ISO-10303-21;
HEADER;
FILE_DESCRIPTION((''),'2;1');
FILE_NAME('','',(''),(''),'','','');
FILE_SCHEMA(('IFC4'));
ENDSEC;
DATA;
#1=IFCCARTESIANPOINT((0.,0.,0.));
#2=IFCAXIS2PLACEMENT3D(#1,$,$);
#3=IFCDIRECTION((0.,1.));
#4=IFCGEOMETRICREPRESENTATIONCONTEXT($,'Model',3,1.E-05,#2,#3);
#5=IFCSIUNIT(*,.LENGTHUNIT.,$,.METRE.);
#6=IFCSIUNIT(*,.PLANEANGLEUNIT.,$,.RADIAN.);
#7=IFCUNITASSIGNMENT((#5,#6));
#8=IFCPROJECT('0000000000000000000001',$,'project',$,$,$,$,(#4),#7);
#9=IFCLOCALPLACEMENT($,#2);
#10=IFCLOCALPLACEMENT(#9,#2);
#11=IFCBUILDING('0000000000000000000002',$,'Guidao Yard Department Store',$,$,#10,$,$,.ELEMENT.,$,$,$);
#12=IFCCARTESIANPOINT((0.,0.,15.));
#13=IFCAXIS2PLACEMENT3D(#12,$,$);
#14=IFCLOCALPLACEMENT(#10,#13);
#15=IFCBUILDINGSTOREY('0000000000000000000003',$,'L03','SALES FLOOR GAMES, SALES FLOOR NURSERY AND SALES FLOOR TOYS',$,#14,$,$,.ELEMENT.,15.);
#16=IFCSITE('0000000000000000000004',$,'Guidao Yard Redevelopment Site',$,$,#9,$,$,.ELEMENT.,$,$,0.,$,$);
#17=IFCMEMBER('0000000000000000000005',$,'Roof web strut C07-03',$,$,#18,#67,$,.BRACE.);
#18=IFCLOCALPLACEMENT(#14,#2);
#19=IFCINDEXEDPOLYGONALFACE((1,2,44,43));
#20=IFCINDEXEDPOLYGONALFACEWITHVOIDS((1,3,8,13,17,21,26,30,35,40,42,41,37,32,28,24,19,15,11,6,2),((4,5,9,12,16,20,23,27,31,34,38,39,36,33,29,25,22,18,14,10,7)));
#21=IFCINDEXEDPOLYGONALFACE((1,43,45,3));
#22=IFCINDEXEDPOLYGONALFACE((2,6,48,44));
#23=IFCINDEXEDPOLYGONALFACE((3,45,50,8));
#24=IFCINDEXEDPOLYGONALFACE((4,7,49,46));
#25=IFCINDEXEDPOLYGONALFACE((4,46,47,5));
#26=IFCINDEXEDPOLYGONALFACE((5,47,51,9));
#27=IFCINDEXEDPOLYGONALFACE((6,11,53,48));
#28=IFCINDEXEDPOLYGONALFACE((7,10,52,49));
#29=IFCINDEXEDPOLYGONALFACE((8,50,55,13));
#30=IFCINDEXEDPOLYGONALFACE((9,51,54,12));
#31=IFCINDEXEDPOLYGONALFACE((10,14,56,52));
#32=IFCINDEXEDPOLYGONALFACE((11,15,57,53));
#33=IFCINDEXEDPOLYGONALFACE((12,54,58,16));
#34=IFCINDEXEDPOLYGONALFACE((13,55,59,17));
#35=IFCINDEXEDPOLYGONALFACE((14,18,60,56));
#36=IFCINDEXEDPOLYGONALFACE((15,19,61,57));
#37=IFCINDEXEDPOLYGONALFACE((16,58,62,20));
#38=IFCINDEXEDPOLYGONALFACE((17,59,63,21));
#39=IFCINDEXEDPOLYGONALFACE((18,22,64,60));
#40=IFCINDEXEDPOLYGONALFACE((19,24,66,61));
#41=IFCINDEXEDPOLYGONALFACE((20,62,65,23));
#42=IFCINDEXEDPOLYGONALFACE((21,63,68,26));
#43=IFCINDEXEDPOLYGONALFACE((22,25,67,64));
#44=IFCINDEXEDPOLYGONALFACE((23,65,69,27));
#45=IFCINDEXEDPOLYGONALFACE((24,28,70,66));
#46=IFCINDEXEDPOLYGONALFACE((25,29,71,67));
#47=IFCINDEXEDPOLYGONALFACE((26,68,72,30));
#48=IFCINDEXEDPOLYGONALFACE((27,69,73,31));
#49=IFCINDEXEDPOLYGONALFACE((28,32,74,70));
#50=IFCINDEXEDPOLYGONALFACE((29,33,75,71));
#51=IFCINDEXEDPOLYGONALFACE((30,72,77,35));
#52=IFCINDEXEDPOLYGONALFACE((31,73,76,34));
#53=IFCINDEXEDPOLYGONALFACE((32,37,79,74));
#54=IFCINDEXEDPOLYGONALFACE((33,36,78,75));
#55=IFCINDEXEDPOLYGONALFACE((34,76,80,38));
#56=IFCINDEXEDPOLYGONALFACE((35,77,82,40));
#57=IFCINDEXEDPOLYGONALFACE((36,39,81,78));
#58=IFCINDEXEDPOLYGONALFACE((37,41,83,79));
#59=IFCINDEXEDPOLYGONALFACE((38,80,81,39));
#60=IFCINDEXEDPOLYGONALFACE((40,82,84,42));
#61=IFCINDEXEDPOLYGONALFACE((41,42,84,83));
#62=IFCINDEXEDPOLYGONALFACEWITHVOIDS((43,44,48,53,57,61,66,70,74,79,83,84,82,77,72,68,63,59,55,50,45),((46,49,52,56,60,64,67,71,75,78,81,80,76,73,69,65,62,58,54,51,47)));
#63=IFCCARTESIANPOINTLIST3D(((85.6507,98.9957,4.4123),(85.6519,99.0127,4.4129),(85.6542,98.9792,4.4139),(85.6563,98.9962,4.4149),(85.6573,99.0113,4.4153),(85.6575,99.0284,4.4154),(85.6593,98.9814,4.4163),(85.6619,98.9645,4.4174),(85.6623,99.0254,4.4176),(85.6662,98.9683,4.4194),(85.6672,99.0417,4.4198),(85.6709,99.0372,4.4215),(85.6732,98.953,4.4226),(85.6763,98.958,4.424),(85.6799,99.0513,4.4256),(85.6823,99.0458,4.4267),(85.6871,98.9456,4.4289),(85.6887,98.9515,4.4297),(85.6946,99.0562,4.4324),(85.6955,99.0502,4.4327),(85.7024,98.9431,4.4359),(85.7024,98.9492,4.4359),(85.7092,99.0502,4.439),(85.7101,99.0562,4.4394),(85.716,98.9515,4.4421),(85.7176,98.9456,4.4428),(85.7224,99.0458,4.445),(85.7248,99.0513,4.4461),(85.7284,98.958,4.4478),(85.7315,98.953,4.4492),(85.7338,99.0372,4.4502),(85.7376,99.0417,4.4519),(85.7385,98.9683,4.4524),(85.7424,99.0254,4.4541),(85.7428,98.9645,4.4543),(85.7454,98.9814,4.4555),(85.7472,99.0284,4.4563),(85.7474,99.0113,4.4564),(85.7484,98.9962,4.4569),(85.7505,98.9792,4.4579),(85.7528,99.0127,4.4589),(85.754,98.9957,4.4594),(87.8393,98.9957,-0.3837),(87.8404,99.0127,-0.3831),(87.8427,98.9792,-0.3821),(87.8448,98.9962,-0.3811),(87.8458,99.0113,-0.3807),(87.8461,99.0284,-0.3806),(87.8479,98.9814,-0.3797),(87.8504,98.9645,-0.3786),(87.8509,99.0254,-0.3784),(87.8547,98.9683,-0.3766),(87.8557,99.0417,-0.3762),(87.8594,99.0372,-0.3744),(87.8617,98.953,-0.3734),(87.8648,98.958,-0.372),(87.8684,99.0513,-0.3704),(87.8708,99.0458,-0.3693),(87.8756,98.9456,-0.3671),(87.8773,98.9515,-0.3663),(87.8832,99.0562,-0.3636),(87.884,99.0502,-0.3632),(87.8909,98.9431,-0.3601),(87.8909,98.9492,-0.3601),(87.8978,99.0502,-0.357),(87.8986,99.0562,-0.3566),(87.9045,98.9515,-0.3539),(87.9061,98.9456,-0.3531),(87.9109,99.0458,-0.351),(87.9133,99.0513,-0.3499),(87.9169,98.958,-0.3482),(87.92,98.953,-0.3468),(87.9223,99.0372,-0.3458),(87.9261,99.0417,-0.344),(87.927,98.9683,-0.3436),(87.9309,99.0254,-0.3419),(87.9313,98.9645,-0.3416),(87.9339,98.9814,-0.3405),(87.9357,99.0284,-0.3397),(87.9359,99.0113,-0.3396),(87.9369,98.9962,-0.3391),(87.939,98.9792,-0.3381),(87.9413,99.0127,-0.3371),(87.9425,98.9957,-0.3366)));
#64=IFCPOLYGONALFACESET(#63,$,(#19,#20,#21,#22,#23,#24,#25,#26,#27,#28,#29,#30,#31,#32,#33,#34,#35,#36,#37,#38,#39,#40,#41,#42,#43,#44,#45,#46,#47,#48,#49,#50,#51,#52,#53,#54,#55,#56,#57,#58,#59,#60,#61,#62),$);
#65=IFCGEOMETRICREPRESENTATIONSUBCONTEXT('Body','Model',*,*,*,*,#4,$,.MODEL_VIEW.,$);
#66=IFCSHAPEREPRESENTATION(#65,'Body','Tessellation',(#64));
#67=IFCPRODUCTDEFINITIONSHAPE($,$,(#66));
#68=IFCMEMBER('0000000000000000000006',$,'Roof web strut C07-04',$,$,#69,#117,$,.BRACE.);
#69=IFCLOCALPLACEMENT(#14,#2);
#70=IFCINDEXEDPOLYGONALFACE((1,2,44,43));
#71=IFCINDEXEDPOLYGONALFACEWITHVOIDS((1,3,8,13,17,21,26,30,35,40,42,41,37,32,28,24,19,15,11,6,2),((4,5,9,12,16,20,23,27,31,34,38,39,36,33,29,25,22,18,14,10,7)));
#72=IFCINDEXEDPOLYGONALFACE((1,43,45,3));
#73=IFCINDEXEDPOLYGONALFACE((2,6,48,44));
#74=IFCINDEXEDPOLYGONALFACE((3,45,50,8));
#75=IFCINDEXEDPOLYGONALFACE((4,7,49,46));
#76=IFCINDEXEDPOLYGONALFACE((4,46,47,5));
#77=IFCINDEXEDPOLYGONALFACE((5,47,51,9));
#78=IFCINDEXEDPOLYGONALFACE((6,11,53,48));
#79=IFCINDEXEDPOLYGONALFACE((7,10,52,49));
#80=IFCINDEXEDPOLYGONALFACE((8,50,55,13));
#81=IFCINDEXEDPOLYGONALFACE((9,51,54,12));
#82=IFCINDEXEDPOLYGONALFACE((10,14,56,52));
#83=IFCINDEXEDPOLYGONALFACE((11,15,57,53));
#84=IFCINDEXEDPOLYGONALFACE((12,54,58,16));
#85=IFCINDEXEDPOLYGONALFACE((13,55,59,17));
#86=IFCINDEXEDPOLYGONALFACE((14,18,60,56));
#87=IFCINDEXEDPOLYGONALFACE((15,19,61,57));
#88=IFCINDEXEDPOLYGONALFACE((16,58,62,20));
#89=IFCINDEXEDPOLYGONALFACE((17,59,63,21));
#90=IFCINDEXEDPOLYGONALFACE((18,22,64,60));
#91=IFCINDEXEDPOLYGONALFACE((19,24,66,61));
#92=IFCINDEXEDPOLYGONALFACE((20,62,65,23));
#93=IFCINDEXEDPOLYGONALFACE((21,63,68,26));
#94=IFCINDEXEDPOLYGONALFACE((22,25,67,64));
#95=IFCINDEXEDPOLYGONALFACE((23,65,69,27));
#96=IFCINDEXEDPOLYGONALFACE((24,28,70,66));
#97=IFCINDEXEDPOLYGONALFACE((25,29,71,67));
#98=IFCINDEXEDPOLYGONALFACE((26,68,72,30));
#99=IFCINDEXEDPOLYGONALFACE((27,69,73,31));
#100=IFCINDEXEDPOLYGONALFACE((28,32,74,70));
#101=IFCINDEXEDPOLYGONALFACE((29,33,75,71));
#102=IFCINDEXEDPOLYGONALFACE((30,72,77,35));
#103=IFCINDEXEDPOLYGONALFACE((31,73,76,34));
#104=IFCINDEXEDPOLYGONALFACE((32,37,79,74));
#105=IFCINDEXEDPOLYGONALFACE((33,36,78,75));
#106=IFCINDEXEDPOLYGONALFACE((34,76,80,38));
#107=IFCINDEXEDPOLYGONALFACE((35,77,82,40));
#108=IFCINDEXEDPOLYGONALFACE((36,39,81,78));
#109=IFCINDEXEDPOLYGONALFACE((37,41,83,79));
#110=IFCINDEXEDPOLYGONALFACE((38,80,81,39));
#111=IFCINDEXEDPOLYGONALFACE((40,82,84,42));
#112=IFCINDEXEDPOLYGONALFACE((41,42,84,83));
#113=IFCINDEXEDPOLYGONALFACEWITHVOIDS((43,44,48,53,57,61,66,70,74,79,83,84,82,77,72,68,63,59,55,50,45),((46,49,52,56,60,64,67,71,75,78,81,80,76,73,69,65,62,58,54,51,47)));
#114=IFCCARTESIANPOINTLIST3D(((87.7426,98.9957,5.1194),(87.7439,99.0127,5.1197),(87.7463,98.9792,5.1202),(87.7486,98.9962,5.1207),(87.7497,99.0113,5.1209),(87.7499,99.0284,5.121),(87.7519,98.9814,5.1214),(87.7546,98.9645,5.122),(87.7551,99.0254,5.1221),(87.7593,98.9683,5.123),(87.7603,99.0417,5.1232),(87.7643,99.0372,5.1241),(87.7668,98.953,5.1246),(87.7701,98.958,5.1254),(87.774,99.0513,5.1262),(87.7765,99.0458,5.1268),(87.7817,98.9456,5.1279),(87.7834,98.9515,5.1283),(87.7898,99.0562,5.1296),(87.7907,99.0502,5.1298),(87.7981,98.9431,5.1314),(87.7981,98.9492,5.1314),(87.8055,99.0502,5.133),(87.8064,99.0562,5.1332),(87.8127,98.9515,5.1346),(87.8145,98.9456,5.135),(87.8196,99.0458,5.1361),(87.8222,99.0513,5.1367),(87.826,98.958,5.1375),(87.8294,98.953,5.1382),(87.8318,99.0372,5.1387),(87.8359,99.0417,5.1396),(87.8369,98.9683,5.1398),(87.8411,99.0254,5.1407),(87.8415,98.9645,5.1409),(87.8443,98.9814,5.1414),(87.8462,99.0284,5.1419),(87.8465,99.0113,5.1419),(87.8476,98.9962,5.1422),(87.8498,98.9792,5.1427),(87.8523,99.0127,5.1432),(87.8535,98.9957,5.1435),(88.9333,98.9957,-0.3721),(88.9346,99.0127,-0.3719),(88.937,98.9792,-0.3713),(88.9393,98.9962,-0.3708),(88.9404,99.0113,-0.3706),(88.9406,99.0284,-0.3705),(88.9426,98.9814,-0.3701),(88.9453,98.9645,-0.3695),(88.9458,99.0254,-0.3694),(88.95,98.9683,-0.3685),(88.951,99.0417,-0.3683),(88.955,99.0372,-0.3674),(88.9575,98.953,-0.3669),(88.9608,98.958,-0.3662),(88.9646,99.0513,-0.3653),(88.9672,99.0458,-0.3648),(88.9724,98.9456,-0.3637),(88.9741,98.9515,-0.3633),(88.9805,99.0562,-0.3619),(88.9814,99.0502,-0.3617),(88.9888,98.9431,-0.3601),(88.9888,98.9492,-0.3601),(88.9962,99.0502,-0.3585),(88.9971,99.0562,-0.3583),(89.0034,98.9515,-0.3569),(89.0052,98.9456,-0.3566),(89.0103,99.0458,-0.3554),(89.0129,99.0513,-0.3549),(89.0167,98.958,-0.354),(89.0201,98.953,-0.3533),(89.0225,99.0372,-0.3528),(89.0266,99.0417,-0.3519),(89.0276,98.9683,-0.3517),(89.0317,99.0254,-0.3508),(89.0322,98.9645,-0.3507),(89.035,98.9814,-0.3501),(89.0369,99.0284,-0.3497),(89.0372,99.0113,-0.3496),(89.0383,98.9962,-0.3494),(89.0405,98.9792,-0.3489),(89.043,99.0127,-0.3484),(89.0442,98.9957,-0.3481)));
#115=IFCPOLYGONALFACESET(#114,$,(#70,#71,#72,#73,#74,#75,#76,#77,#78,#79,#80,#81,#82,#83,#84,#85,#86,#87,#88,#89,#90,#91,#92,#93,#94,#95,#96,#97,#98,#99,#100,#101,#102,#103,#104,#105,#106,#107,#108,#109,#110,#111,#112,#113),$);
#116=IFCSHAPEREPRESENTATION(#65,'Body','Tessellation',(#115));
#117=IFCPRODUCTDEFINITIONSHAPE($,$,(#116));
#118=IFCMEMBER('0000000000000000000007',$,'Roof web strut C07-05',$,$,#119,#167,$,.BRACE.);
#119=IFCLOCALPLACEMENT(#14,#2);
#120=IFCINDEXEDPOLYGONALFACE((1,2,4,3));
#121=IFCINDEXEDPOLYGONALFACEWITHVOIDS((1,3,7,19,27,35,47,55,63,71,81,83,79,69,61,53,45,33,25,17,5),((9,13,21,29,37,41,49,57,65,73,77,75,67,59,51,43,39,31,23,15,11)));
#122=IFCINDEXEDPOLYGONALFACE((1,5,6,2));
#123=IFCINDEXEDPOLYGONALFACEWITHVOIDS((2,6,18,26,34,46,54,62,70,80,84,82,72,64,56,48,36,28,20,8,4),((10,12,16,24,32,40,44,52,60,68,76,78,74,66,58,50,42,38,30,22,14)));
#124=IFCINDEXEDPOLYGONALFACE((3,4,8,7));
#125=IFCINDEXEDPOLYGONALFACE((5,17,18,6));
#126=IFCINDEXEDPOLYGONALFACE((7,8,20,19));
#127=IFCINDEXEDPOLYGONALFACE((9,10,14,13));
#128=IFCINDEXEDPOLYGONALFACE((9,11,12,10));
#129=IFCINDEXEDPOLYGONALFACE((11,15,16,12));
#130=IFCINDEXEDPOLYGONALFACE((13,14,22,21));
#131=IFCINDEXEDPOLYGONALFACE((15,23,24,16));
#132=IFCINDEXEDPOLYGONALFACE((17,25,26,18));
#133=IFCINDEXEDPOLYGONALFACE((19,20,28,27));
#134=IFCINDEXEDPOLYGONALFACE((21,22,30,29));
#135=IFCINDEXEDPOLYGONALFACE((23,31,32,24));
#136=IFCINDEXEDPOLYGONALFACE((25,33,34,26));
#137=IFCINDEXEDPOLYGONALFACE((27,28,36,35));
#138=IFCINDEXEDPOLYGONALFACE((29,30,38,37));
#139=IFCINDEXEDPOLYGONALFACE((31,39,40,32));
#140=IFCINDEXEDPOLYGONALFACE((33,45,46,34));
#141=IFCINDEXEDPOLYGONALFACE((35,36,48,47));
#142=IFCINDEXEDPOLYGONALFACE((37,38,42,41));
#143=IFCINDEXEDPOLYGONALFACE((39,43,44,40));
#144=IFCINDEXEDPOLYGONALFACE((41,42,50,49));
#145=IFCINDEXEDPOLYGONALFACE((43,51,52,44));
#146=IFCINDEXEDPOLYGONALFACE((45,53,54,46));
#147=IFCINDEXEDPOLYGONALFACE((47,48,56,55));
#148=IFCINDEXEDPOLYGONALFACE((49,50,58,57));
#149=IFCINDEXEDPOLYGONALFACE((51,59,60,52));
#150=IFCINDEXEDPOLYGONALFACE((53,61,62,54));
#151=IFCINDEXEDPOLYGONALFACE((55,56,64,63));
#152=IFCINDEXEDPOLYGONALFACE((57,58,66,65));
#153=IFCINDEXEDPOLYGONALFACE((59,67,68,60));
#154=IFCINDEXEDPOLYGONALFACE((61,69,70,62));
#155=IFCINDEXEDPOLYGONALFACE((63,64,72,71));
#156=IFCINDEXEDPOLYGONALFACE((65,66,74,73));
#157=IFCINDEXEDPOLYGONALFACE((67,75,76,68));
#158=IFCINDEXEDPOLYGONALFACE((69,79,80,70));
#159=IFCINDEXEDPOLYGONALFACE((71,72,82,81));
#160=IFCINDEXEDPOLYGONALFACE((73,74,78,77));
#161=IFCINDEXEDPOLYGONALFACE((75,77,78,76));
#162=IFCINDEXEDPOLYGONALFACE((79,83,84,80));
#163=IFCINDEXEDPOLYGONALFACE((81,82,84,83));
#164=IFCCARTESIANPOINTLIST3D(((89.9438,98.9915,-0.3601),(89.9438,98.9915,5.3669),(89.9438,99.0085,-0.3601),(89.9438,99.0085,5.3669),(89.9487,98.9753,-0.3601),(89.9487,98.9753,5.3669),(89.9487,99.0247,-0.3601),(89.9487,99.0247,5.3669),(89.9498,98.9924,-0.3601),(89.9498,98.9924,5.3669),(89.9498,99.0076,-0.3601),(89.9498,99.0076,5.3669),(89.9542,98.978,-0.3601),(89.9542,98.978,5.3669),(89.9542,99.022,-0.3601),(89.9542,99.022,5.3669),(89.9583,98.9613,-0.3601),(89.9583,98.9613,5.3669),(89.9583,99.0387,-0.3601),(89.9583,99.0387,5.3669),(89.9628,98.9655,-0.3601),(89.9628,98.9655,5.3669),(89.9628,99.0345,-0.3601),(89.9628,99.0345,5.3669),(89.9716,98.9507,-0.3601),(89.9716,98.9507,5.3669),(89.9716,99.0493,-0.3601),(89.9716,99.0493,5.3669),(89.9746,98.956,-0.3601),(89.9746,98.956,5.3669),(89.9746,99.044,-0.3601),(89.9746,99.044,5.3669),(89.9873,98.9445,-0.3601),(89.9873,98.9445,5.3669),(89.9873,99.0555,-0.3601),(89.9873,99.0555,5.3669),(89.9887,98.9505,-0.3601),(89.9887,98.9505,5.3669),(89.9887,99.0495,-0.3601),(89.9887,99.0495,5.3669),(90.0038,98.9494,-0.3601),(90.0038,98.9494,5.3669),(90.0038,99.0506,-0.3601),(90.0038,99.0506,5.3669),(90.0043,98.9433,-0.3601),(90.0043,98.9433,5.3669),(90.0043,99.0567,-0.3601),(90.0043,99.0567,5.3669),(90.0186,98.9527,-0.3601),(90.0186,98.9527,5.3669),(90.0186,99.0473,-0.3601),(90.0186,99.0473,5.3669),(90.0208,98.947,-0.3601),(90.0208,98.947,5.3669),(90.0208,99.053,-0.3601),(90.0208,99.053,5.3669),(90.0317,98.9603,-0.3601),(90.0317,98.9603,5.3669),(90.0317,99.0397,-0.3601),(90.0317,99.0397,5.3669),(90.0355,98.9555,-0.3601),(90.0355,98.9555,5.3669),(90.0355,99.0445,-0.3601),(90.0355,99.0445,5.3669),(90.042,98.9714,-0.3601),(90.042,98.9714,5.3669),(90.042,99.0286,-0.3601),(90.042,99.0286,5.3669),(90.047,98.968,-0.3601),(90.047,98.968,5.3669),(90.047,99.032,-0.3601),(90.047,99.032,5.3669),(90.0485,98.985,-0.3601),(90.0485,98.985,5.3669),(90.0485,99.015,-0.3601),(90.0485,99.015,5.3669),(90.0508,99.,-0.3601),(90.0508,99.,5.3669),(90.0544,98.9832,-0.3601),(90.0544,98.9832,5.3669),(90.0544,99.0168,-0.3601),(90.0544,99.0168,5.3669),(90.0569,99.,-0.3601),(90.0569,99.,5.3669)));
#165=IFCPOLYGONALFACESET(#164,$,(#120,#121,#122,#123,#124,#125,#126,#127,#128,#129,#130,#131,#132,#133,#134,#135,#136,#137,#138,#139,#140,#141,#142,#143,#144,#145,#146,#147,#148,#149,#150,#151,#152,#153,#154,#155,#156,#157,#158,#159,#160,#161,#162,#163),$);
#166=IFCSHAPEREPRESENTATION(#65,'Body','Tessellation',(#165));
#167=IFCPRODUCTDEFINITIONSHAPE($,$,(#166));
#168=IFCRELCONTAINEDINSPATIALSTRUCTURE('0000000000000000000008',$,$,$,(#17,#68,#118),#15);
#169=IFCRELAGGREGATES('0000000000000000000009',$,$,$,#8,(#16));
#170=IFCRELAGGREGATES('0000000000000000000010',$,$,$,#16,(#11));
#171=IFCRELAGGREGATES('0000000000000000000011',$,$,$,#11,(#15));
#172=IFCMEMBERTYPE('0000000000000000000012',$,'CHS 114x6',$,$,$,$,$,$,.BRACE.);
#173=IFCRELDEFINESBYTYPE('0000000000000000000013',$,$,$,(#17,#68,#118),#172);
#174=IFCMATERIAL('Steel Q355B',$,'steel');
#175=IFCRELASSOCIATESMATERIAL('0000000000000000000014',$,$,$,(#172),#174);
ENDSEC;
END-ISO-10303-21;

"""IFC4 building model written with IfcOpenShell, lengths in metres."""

from ifc_helpers import new_model, si_unit, direction, frame, origin, origin_2d, place, context, subcontext, project, spatial, hollow_circle, extrude, material, material_profile, profile_set, type_object, element, save


model = new_model("IFC4")

# Units and contexts
model_context = context("Model", 3, precision=1e-05, world=origin(), true_north=direction((0.0, 1.0)))
body_context = subcontext(model_context, "Body", "Model", "MODEL_VIEW")
ifc_project = project(units=[si_unit("LENGTHUNIT", "METRE"), si_unit("PLANEANGLEUNIT", "RADIAN")], contexts=[model_context])

# Site, building, storey
site_placement = place(None, origin())
site = spatial("IfcSite", under=ifc_project, at=site_placement, Name="Guidao Yard Redevelopment Site", CompositionType="ELEMENT", RefElevation=0.0)
building_placement = place(site_placement, origin())
building = spatial("IfcBuilding", under=site, at=building_placement, Name="Guidao Yard Department Store", CompositionType="ELEMENT")
storey_placement = place(building_placement, frame((0.0, 0.0, 15.0)))
storey = spatial("IfcBuildingStorey", under=building, at=storey_placement, Name="L03", Description="SALES FLOOR GAMES, SALES FLOOR NURSERY AND SALES FLOOR TOYS", CompositionType="ELEMENT", Elevation=15.0)

# Members
ifc_material_1 = material(Name="Steel Q355B", Category="steel")
ifc_material_profile_1 = material_profile(ifc_material_1, hollow_circle(Radius=0.0569, WallThickness=0.0061, at=origin_2d()), Name="CHS 114x6")
ifc_profile_set_1 = profile_set([ifc_material_profile_1], Name="Steel Q355B")
member_type_1 = type_object("IfcMemberType", Name="CHS 114x6", PredefinedType="BRACE", material=ifc_profile_set_1)
member_1_placement = place(storey_placement, frame((87.8909, 99.0, -0.3601), z_axis=(-0.415142, 0.0, 0.909756), x_axis=(0.0, -1.0, 0.0)))
element("IfcMember", 1, at=member_1_placement, inside=storey, type_object=member_type_1, Name="Roof web strut C07-03", PredefinedType="BRACE", context=body_context, shape_type="SweptSolid", body=[
    extrude(hollow_circle(Radius=0.0569, WallThickness=0.0061, at=origin_2d()), origin(), (0.0, 0.0, 1.0), 5.2717),
])
member_2_placement = place(storey_placement, frame((88.9888, 99.0, -0.3601), z_axis=(-0.211899, 0.0, 0.977292), x_axis=(0.0, -1.0, 0.0)))
element("IfcMember", 2, at=member_2_placement, inside=storey, type_object=member_type_1, Name="Roof web strut C07-04", PredefinedType="BRACE", context=body_context, shape_type="SweptSolid", body=[
    extrude(hollow_circle(Radius=0.0569, WallThickness=0.0061, at=origin_2d()), origin(), (0.0, 0.0, 1.0), 5.6191),
])
member_3_placement = place(storey_placement, frame((90.0, 99.0, -0.3601), z_axis=(0.0, 0.0, 1.0), x_axis=(1.0, 0.0, 0.0)))
element("IfcMember", 3, at=member_3_placement, inside=storey, type_object=member_type_1, Name="Roof web strut C07-05", PredefinedType="BRACE", context=body_context, shape_type="SweptSolid", body=[
    extrude(hollow_circle(Radius=0.0569, WallThickness=0.0061, at=origin_2d()), origin(), (0.0, 0.0, 1.0), 5.7271),
])

save(model, "model.ifc")
